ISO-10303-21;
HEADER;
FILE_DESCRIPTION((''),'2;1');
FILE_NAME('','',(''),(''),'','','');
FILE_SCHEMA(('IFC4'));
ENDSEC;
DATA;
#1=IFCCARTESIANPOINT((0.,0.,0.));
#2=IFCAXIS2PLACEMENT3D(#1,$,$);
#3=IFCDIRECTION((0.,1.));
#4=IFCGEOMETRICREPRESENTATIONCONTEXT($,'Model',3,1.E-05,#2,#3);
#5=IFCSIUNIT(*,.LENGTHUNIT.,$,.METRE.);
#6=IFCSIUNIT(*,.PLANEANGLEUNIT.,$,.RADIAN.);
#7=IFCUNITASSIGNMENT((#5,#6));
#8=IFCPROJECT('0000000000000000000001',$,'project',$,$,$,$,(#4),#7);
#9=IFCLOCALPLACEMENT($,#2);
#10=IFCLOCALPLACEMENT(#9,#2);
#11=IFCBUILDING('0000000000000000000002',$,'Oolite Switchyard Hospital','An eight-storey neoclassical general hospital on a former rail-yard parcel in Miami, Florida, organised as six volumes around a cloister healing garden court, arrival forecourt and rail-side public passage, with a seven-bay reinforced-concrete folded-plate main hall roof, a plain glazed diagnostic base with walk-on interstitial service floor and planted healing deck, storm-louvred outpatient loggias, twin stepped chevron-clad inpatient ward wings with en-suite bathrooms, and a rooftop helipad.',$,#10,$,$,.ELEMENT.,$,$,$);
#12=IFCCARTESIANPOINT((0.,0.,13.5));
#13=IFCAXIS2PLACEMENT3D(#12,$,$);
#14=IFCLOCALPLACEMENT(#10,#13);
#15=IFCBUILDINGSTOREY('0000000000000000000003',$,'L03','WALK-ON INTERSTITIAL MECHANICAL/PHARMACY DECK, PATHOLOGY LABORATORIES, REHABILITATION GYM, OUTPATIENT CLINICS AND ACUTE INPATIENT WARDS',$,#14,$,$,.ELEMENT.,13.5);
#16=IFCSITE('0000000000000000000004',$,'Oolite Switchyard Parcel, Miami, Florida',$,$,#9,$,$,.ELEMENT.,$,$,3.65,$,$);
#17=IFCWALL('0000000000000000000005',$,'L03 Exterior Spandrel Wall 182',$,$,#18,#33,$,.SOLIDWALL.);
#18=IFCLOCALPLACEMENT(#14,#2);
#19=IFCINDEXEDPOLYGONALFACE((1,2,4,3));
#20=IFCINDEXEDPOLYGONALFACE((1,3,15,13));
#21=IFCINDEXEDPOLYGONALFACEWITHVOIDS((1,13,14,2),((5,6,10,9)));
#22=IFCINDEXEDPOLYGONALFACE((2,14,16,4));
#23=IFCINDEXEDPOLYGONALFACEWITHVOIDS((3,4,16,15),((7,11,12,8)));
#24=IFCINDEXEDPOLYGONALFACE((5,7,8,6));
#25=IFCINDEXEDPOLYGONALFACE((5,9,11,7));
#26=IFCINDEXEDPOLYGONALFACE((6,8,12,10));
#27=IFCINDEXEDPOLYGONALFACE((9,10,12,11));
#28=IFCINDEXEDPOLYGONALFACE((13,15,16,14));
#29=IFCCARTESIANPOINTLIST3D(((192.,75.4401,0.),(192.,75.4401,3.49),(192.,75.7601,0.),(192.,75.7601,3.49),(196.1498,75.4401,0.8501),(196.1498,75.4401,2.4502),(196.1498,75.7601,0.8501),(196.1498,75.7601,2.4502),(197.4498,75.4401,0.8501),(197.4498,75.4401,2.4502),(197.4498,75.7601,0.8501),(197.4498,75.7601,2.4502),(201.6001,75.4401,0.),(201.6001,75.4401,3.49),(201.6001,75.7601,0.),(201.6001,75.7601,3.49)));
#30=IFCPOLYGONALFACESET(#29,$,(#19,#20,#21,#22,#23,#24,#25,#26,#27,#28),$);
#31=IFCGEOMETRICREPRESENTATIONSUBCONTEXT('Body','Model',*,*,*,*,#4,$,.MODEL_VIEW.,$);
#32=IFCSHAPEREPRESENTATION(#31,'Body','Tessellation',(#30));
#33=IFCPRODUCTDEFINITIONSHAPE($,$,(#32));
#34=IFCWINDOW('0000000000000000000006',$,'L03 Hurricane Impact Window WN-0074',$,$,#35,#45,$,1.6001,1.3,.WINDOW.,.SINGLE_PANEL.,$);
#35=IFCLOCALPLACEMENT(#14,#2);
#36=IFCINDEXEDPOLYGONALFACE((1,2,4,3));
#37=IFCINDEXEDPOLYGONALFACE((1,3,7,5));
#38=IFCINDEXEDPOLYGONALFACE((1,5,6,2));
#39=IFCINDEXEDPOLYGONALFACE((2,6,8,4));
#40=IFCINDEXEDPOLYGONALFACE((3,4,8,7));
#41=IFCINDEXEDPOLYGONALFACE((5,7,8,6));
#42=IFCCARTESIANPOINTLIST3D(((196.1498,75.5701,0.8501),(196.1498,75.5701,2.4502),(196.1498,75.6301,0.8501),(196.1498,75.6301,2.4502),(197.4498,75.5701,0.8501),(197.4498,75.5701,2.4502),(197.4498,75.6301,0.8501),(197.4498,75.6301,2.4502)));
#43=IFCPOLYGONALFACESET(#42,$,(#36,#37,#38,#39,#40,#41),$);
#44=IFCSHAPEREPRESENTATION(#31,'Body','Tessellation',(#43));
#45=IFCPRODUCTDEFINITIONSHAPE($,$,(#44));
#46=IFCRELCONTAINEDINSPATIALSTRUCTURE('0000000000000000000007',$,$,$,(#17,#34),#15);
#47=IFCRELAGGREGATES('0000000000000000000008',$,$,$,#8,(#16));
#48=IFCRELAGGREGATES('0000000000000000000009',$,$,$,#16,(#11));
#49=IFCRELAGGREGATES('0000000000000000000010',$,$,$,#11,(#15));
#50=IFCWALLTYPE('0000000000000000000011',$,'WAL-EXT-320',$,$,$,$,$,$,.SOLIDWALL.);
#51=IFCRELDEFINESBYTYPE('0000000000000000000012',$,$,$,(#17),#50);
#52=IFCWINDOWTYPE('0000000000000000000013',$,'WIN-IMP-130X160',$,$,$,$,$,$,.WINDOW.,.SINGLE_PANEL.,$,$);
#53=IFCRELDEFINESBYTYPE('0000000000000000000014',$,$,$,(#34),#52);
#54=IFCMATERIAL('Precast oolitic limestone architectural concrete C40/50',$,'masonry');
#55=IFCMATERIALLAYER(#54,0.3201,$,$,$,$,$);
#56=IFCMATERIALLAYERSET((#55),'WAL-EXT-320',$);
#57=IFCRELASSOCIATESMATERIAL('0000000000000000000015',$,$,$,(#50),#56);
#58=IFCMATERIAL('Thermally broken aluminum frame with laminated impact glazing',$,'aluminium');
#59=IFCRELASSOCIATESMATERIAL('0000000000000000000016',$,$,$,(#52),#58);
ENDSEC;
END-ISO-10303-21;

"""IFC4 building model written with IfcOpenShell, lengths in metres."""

from ifc_helpers import new_model, si_unit, direction, frame, frame_2d, origin, place, context, subcontext, project, spatial, rectangle, extrude, material, layer, layer_set, type_object, element, fill, save


model = new_model("IFC4")

# Units and contexts
model_context = context("Model", 3, precision=1e-05, world=origin(), true_north=direction((0.0, 1.0)))
body_context = subcontext(model_context, "Body", "Model", "MODEL_VIEW")
ifc_project = project(units=[si_unit("LENGTHUNIT", "METRE"), si_unit("PLANEANGLEUNIT", "RADIAN")], contexts=[model_context])

# Site, building, storey
site_placement = place(None, origin())
site = spatial("IfcSite", under=ifc_project, at=site_placement, Name="Oolite Switchyard Parcel, Miami, Florida", CompositionType="ELEMENT", RefElevation=3.65)
building_placement = place(site_placement, origin())
building = spatial("IfcBuilding", under=site, at=building_placement, Name="Oolite Switchyard Hospital", Description="An eight-storey neoclassical general hospital on a former rail-yard parcel in Miami, Florida, organised as six volumes around a cloister healing garden court, arrival forecourt and rail-side public passage, with a seven-bay reinforced-concrete folded-plate main hall roof, a plain glazed diagnostic base with walk-on interstitial service floor and planted healing deck, storm-louvred outpatient loggias, twin stepped chevron-clad inpatient ward wings with en-suite bathrooms, and a rooftop helipad.", CompositionType="ELEMENT")
storey_placement = place(building_placement, frame((0.0, 0.0, 13.5)))
storey = spatial("IfcBuildingStorey", under=building, at=storey_placement, Name="L03", Description="WALK-ON INTERSTITIAL MECHANICAL/PHARMACY DECK, PATHOLOGY LABORATORIES, REHABILITATION GYM, OUTPATIENT CLINICS AND ACUTE INPATIENT WARDS", CompositionType="ELEMENT", Elevation=13.5)

# Shared definitions
ifc_material_1 = material(Name="Thermally broken aluminum frame with laminated impact glazing", Category="aluminium")

# Wall, opening, window
ifc_material_2 = material(Name="Precast oolitic limestone architectural concrete C40/50", Category="masonry")
ifc_layer_1 = layer(ifc_material_2, 0.3201)
ifc_layer_set_1 = layer_set([ifc_layer_1], Name="WAL-EXT-320")
wall_type = type_object("IfcWallType", Name="WAL-EXT-320", PredefinedType="SOLIDWALL", material=ifc_layer_set_1)
wall_placement = place(storey_placement, frame((192.0, 75.6001, 0.0), z_axis=(0.0, 0.0, 1.0), x_axis=(1.0, 0.0, 0.0)))
wall = element("IfcWall", 1, at=wall_placement, inside=storey, type_object=wall_type, Name="L03 Exterior Spandrel Wall 182", PredefinedType="SOLIDWALL", context=body_context, shape_type="SweptSolid", body=[
    extrude(rectangle(XDim=9.6001, YDim=0.3201, at=frame_2d((4.8, 0.0))), origin(), (0.0, 0.0, 1.0), 3.49),
])
opening_placement = place(wall_placement, frame((4.1499, 0.0, 0.8501)))
opening = element("IfcOpeningElement", 2, at=opening_placement, cuts=wall, PredefinedType="OPENING", context=body_context, shape_type="SweptSolid", body=[
    extrude(rectangle(XDim=1.3, YDim=1.6001, at=frame_2d((0.6499, 0.8))), frame((0.0, 0.1699, 0.0), z_axis=(0.0, -1.0, 0.0), x_axis=(1.0, 0.0, 0.0)), (0.0, 0.0, 1.0), 0.3401),
])
window_type = type_object("IfcWindowType", Name="WIN-IMP-130X160", PartitioningType="SINGLE_PANEL", PredefinedType="WINDOW", material=ifc_material_1)
window_placement = place(opening_placement, origin())
window = element("IfcWindow", 3, at=window_placement, inside=storey, type_object=window_type, Name="L03 Hurricane Impact Window WN-0074", OverallHeight=1.6001, OverallWidth=1.3, PartitioningType="SINGLE_PANEL", PredefinedType="WINDOW", context=body_context, shape_type="SweptSolid", body=[
    extrude(rectangle(XDim=1.3, YDim=1.6001, at=frame_2d((0.6499, 0.8))), frame((0.0, 0.03, 0.0), z_axis=(0.0, -1.0, 0.0), x_axis=(1.0, 0.0, 0.0)), (0.0, 0.0, 1.0), 0.0601),
])
fill(opening, window)

save(model, "model.ifc")
